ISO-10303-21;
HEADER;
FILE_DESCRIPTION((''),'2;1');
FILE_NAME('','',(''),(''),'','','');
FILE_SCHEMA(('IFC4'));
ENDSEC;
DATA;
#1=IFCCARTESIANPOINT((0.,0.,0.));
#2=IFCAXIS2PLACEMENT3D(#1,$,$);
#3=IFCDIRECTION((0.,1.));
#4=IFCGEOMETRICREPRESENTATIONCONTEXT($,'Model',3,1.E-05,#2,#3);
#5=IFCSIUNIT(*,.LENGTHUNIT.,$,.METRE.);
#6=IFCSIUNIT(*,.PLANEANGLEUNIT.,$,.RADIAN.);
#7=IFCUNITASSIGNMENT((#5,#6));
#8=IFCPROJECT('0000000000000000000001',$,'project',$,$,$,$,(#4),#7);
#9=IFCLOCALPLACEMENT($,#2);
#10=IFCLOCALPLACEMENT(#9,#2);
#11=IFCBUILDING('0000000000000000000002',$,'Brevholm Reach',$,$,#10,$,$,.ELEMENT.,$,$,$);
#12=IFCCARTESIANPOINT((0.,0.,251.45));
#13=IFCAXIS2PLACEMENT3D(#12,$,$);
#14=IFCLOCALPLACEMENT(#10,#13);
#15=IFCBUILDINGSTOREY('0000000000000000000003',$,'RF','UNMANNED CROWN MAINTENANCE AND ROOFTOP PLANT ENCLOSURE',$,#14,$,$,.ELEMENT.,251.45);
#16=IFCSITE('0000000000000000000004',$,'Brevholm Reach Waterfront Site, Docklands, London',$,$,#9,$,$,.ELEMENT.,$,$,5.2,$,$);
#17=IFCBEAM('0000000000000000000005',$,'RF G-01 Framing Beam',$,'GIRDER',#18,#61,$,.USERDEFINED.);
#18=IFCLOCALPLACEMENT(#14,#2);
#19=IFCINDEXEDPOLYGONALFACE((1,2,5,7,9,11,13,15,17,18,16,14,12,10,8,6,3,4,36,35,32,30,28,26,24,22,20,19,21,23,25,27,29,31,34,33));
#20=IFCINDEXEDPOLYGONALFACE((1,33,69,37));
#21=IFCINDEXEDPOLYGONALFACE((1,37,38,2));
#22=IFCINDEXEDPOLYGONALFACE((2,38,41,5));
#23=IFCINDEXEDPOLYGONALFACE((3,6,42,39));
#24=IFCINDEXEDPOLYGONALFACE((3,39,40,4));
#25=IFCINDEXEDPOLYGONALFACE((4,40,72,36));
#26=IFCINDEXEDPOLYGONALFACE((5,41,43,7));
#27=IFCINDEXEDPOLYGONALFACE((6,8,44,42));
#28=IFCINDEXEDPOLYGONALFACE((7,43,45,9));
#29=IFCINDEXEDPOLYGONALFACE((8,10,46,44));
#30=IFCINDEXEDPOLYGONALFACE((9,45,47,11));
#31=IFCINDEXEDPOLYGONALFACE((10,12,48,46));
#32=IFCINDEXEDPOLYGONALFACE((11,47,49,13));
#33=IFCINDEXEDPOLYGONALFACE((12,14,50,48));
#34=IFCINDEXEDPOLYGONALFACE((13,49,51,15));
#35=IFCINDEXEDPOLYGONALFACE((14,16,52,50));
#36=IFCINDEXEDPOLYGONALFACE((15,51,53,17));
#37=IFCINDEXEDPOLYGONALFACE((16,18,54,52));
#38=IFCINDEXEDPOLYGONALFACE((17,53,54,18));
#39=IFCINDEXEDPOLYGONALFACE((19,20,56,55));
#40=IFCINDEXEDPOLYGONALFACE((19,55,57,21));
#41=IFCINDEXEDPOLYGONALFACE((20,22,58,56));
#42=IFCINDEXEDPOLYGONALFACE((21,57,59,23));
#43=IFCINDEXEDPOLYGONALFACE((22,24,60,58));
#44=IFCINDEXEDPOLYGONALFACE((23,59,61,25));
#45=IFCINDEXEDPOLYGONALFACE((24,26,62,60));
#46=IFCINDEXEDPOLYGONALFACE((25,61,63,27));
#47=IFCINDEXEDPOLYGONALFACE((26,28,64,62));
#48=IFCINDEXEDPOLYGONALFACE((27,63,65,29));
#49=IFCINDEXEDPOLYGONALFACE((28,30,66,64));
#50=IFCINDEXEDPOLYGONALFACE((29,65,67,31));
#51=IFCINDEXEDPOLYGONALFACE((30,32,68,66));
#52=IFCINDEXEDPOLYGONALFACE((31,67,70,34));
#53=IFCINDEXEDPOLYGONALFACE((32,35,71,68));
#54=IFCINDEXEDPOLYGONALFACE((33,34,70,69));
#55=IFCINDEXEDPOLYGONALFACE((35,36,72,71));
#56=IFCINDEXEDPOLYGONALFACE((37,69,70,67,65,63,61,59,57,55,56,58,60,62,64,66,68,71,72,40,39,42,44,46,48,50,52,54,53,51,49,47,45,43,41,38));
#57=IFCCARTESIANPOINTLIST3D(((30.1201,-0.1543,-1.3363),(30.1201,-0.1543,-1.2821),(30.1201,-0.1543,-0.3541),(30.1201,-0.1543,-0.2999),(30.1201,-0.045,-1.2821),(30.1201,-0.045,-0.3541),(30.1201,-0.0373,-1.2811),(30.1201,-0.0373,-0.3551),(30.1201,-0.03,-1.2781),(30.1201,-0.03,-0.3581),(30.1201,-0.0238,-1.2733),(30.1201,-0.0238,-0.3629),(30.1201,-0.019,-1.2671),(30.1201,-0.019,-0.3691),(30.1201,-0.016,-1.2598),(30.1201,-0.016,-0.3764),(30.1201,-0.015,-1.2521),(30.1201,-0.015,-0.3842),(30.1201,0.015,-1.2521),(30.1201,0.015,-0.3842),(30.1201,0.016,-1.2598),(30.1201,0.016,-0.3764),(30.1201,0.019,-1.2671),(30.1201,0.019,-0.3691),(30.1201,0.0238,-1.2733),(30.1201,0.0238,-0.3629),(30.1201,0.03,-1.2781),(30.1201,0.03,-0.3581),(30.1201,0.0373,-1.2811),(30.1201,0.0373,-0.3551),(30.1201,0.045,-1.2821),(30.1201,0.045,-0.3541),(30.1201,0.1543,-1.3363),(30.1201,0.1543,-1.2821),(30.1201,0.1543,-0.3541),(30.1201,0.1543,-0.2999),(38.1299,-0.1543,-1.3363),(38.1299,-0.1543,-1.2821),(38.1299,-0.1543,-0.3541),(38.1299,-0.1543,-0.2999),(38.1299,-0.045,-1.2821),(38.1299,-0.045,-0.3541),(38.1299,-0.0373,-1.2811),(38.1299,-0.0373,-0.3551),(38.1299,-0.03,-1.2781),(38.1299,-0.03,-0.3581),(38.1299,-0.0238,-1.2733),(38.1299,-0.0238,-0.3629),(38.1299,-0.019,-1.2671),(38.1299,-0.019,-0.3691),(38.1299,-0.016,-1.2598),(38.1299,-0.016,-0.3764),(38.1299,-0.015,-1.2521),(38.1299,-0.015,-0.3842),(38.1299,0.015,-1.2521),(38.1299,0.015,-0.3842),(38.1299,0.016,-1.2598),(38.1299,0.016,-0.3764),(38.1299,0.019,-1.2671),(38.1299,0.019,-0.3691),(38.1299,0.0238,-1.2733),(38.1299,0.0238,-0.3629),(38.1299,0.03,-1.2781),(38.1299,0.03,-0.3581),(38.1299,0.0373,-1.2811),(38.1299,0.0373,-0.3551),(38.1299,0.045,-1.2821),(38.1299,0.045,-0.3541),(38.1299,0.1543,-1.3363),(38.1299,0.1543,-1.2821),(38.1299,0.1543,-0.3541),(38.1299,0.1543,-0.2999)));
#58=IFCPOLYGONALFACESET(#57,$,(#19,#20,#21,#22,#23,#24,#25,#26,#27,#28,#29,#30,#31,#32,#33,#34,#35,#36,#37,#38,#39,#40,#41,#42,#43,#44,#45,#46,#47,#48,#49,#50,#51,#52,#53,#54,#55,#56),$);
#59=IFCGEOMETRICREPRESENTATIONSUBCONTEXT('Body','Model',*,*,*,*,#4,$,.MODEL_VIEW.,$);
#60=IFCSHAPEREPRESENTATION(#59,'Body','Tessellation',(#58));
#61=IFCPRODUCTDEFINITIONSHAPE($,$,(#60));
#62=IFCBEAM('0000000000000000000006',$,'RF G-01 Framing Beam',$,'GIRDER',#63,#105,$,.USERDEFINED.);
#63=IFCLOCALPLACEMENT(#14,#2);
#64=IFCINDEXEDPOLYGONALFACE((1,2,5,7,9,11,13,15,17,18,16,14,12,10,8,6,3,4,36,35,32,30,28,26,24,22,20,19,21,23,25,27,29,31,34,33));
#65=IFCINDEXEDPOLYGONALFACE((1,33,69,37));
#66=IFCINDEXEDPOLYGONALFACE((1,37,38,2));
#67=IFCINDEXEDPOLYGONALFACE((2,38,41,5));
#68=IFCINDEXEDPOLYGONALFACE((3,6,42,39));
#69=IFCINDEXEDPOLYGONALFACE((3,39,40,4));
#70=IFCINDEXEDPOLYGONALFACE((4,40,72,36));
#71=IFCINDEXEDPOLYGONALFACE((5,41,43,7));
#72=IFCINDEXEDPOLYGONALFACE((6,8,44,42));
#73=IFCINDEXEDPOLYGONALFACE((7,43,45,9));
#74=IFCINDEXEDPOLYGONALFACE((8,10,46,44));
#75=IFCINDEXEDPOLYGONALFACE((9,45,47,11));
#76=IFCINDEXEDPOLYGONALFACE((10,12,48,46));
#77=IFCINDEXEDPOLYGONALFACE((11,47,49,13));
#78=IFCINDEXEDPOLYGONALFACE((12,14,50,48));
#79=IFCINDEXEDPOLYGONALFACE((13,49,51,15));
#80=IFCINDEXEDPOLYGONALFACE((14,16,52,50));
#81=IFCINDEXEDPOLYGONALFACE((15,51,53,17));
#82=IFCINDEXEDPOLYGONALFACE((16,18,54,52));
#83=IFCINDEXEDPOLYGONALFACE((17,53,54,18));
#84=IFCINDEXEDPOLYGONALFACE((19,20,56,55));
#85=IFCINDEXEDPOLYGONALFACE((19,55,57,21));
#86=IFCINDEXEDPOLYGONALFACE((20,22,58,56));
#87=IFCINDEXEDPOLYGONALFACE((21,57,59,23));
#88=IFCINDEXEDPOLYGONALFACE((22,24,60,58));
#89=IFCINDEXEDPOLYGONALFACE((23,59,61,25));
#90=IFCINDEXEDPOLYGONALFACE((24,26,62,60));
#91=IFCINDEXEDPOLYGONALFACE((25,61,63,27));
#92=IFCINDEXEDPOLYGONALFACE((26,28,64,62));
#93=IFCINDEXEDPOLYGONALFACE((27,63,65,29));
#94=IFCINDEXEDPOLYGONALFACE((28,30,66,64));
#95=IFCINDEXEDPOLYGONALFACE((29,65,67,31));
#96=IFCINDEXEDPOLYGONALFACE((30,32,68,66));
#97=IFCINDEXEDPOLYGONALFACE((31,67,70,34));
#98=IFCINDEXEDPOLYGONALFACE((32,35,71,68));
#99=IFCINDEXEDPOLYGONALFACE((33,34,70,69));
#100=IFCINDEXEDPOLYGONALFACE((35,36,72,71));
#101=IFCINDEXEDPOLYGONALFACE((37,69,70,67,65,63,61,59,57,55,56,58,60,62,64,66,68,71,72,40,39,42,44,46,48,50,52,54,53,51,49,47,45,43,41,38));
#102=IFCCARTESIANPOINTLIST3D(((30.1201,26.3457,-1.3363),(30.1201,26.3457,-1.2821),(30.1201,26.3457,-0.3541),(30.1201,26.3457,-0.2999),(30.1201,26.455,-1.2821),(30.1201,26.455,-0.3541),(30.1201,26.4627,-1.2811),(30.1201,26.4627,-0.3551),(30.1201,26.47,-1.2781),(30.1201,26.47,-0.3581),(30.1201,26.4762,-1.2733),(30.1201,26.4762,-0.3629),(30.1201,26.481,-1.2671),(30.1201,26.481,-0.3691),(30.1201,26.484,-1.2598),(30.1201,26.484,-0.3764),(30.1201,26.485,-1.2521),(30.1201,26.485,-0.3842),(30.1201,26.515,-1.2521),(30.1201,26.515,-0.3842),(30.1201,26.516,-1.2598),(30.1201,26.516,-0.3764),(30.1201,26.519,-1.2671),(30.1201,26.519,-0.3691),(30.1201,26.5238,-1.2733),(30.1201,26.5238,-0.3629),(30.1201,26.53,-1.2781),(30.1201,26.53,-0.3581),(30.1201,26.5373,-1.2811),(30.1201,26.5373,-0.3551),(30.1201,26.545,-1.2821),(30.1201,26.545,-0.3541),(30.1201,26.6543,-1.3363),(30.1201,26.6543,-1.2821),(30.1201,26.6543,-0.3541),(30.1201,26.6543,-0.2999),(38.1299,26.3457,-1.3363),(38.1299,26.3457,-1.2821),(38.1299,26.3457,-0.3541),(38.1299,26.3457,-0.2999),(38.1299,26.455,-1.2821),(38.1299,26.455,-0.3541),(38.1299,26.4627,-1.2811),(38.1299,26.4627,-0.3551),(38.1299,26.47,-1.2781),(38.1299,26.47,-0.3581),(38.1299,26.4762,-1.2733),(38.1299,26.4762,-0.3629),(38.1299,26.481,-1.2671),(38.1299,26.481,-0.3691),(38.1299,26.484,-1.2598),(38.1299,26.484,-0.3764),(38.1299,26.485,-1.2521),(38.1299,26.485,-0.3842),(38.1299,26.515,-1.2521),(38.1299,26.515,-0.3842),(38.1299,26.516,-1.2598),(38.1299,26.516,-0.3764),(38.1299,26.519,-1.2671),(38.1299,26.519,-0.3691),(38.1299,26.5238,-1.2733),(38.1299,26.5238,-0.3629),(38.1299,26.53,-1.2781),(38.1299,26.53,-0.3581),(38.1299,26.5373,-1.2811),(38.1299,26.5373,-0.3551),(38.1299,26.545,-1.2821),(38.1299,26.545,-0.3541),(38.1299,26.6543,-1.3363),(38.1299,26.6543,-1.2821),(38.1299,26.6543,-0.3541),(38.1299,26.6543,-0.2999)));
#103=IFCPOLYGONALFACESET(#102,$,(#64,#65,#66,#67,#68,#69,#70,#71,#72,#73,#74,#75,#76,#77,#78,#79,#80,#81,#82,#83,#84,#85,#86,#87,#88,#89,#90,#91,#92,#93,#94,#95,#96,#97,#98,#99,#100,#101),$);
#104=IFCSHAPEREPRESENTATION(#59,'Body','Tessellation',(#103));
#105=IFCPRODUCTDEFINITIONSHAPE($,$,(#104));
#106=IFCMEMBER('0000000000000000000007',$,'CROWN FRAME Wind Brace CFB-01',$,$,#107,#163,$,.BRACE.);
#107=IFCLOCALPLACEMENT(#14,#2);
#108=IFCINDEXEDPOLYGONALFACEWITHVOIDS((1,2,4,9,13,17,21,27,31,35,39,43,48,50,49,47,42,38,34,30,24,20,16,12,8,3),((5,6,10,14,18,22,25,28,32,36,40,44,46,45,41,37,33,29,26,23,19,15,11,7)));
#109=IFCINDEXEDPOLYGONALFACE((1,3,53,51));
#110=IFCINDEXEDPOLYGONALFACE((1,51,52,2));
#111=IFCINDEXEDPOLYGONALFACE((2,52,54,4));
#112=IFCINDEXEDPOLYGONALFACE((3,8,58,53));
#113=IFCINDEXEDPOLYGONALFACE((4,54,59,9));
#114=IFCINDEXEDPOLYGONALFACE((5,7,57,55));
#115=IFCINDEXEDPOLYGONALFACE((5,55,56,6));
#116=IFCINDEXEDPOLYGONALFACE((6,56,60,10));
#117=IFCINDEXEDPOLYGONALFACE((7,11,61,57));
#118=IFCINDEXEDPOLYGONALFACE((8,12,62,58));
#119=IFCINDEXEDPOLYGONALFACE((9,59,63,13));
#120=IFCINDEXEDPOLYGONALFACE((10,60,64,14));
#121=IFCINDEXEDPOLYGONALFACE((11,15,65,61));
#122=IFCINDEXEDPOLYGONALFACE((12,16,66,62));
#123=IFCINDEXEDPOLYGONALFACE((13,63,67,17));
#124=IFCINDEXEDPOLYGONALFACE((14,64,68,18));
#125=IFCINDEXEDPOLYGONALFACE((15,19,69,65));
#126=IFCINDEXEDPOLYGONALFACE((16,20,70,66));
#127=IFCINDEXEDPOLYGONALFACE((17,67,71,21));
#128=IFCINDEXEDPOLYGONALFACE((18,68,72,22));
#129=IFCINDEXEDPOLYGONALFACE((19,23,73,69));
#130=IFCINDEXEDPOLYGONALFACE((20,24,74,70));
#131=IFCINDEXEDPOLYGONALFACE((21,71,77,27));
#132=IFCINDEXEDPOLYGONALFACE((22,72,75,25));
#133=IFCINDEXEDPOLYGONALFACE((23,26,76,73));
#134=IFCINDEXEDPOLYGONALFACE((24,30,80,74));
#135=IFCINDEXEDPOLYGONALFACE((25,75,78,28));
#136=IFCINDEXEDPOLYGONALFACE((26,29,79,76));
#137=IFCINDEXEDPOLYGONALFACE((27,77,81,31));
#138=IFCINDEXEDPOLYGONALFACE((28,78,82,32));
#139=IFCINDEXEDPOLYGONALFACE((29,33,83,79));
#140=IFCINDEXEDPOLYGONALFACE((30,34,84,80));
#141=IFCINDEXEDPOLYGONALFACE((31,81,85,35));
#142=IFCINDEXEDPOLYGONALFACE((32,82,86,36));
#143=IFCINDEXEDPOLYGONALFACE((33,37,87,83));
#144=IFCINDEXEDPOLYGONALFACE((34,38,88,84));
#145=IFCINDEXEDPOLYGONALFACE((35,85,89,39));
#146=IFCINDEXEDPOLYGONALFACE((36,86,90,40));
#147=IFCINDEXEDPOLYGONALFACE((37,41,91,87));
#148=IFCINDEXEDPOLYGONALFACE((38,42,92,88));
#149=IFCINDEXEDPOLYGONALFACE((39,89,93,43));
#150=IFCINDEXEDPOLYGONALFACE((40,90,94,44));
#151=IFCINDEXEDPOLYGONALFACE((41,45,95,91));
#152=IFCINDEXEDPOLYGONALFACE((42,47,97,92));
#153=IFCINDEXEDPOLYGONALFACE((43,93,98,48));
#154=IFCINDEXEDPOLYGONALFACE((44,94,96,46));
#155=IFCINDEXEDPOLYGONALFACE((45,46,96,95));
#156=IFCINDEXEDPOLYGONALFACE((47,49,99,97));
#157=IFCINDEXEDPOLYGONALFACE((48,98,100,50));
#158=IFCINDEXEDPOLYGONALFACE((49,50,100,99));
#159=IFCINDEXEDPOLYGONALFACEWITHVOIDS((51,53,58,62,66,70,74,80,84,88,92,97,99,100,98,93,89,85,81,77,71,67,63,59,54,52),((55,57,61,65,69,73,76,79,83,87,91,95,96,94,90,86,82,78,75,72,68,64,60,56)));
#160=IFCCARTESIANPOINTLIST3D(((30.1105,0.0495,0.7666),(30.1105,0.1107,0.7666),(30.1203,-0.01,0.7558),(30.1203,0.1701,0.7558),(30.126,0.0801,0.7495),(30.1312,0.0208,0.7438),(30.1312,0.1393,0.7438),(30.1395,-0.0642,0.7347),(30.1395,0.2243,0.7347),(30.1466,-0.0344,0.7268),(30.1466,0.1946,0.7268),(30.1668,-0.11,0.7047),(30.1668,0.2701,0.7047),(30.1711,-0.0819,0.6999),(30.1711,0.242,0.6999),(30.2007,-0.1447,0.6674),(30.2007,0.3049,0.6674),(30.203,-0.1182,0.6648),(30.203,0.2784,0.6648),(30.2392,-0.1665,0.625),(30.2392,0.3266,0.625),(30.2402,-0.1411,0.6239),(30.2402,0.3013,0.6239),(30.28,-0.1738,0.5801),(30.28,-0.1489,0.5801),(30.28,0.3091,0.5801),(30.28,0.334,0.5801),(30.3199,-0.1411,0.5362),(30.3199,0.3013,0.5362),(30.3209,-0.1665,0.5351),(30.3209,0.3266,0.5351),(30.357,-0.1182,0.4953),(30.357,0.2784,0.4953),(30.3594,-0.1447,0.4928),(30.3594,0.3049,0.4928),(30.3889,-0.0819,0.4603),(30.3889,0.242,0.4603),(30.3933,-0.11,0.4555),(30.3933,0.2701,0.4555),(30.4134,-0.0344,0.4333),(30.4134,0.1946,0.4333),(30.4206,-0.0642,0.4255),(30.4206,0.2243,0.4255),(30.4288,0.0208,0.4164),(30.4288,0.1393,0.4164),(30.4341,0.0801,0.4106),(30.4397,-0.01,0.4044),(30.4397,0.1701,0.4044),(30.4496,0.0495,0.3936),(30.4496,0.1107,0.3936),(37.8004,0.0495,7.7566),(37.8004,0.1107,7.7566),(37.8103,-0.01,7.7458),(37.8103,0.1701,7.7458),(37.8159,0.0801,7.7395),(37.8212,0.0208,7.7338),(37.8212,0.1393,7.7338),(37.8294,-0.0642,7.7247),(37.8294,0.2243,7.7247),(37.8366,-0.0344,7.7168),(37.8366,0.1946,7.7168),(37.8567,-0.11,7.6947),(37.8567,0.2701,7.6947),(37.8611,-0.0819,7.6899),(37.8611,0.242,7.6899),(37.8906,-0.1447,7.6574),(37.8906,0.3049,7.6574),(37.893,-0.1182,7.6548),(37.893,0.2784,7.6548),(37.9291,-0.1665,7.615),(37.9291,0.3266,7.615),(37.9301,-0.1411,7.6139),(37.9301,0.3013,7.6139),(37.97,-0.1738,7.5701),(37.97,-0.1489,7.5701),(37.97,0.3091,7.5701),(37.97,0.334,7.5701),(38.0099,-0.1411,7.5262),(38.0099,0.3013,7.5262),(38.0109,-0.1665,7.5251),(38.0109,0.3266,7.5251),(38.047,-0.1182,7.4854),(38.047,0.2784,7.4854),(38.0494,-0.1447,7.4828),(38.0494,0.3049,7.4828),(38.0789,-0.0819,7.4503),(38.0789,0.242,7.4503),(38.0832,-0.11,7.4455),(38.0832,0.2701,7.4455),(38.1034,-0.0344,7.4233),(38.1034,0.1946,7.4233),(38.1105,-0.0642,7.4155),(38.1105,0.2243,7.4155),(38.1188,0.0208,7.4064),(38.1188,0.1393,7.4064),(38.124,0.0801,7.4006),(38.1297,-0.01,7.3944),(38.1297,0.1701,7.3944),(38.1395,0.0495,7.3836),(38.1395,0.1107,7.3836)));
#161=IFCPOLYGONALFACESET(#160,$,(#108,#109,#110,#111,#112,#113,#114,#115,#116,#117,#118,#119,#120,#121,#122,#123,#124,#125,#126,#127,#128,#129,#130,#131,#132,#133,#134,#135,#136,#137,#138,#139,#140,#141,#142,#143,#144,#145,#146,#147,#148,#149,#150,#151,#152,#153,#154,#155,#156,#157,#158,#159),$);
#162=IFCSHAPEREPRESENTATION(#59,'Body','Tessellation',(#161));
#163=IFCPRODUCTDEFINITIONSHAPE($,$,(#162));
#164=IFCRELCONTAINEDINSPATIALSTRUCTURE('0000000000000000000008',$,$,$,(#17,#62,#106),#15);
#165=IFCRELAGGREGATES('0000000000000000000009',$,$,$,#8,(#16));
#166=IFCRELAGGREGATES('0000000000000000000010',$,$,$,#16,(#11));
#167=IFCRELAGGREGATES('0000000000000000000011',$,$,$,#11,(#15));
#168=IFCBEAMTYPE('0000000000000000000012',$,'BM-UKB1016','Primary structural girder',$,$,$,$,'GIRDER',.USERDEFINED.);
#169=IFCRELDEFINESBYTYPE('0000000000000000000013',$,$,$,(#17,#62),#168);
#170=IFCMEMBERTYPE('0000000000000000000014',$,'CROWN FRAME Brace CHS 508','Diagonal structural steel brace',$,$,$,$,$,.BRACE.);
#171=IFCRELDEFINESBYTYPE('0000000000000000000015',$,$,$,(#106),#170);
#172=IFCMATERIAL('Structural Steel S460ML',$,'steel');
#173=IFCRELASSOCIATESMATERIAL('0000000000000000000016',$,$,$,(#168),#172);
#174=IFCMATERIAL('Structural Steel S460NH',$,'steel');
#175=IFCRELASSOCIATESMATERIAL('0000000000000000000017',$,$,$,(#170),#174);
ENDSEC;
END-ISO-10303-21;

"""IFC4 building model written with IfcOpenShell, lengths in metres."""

from ifc_helpers import new_model, si_unit, direction, frame, origin, origin_2d, place, context, subcontext, project, spatial, hollow_circle, i_section, extrude, material, material_profile, profile_set, type_object, element, save


model = new_model("IFC4")

# Units and contexts
model_context = context("Model", 3, precision=1e-05, world=origin(), true_north=direction((0.0, 1.0)))
body_context = subcontext(model_context, "Body", "Model", "MODEL_VIEW")
ifc_project = project(units=[si_unit("LENGTHUNIT", "METRE"), si_unit("PLANEANGLEUNIT", "RADIAN")], contexts=[model_context])

# Site, building, storey
site_placement = place(None, origin())
site = spatial("IfcSite", under=ifc_project, at=site_placement, Name="Brevholm Reach Waterfront Site, Docklands, London", CompositionType="ELEMENT", RefElevation=5.2)
building_placement = place(site_placement, origin())
building = spatial("IfcBuilding", under=site, at=building_placement, Name="Brevholm Reach", CompositionType="ELEMENT")
storey_placement = place(building_placement, frame((0.0, 0.0, 251.45)))
storey = spatial("IfcBuildingStorey", under=building, at=storey_placement, Name="RF", Description="UNMANNED CROWN MAINTENANCE AND ROOFTOP PLANT ENCLOSURE", CompositionType="ELEMENT", Elevation=251.45)

# Beams
ifc_material_1 = material(Name="Structural Steel S460ML", Category="steel")
ifc_material_profile_1 = material_profile(ifc_material_1, i_section(OverallWidth=0.3086, OverallDepth=1.0364, WebThickness=0.03, FlangeThickness=0.0542, FilletRadius=0.03, at=origin_2d()), Name="UKB 1016x305x487")
ifc_profile_set_1 = profile_set([ifc_material_profile_1], Name="Structural Steel S460ML")
beam_type = type_object("IfcBeamType", Name="BM-UKB1016", Description="Primary structural girder", ElementType="GIRDER", PredefinedType="USERDEFINED", material=ifc_profile_set_1)
for number, where, z_axis, x_axis, name in (
    (1, (30.1201, 0.0, -0.8181), (1.0, 0.0, 0.0), (0.0, 1.0, 0.0), "RF G-01 Framing Beam"),
    (2, (30.1201, 26.5, -0.8181), (1.0, 0.0, 0.0), (0.0, 1.0, 0.0), "RF G-01 Framing Beam"),
):
    element("IfcBeam", number, at=place(storey_placement, frame(where, z_axis=z_axis, x_axis=x_axis)), inside=storey, type_object=beam_type, Name=name, ObjectType="GIRDER", PredefinedType="USERDEFINED", context=body_context, shape_type="SweptSolid", body=[
        extrude(i_section(OverallWidth=0.3086, OverallDepth=1.0364, WebThickness=0.03, FlangeThickness=0.0542, FilletRadius=0.03, at=origin_2d()), origin(), (0.0, 0.0, 1.0), 8.0098),
    ])

# Member
ifc_material_2 = material(Name="Structural Steel S460NH", Category="steel")
ifc_material_profile_2 = material_profile(ifc_material_2, hollow_circle(Radius=0.2539, WallThickness=0.0249, at=origin_2d()), Name="CHS 508x25")
ifc_profile_set_2 = profile_set([ifc_material_profile_2], Name="Structural Steel S460NH")
member_type_1 = type_object("IfcMemberType", Name="CROWN FRAME Brace CHS 508", Description="Diagonal structural steel brace", PredefinedType="BRACE", material=ifc_profile_set_2)
member_1_placement = place(storey_placement, frame((30.28, 0.0801, 0.5801), z_axis=(0.739982, 0.0, 0.672627), x_axis=(0.0, 1.0, 0.0)))
element("IfcMember", 3, at=member_1_placement, inside=storey, type_object=member_type_1, Name="CROWN FRAME Wind Brace CFB-01", PredefinedType="BRACE", context=body_context, shape_type="SweptSolid", body=[
    extrude(hollow_circle(Radius=0.2539, WallThickness=0.0249, at=origin_2d()), origin(), (0.0, 0.0, 1.0), 10.3921),
])

save(model, "model.ifc")
